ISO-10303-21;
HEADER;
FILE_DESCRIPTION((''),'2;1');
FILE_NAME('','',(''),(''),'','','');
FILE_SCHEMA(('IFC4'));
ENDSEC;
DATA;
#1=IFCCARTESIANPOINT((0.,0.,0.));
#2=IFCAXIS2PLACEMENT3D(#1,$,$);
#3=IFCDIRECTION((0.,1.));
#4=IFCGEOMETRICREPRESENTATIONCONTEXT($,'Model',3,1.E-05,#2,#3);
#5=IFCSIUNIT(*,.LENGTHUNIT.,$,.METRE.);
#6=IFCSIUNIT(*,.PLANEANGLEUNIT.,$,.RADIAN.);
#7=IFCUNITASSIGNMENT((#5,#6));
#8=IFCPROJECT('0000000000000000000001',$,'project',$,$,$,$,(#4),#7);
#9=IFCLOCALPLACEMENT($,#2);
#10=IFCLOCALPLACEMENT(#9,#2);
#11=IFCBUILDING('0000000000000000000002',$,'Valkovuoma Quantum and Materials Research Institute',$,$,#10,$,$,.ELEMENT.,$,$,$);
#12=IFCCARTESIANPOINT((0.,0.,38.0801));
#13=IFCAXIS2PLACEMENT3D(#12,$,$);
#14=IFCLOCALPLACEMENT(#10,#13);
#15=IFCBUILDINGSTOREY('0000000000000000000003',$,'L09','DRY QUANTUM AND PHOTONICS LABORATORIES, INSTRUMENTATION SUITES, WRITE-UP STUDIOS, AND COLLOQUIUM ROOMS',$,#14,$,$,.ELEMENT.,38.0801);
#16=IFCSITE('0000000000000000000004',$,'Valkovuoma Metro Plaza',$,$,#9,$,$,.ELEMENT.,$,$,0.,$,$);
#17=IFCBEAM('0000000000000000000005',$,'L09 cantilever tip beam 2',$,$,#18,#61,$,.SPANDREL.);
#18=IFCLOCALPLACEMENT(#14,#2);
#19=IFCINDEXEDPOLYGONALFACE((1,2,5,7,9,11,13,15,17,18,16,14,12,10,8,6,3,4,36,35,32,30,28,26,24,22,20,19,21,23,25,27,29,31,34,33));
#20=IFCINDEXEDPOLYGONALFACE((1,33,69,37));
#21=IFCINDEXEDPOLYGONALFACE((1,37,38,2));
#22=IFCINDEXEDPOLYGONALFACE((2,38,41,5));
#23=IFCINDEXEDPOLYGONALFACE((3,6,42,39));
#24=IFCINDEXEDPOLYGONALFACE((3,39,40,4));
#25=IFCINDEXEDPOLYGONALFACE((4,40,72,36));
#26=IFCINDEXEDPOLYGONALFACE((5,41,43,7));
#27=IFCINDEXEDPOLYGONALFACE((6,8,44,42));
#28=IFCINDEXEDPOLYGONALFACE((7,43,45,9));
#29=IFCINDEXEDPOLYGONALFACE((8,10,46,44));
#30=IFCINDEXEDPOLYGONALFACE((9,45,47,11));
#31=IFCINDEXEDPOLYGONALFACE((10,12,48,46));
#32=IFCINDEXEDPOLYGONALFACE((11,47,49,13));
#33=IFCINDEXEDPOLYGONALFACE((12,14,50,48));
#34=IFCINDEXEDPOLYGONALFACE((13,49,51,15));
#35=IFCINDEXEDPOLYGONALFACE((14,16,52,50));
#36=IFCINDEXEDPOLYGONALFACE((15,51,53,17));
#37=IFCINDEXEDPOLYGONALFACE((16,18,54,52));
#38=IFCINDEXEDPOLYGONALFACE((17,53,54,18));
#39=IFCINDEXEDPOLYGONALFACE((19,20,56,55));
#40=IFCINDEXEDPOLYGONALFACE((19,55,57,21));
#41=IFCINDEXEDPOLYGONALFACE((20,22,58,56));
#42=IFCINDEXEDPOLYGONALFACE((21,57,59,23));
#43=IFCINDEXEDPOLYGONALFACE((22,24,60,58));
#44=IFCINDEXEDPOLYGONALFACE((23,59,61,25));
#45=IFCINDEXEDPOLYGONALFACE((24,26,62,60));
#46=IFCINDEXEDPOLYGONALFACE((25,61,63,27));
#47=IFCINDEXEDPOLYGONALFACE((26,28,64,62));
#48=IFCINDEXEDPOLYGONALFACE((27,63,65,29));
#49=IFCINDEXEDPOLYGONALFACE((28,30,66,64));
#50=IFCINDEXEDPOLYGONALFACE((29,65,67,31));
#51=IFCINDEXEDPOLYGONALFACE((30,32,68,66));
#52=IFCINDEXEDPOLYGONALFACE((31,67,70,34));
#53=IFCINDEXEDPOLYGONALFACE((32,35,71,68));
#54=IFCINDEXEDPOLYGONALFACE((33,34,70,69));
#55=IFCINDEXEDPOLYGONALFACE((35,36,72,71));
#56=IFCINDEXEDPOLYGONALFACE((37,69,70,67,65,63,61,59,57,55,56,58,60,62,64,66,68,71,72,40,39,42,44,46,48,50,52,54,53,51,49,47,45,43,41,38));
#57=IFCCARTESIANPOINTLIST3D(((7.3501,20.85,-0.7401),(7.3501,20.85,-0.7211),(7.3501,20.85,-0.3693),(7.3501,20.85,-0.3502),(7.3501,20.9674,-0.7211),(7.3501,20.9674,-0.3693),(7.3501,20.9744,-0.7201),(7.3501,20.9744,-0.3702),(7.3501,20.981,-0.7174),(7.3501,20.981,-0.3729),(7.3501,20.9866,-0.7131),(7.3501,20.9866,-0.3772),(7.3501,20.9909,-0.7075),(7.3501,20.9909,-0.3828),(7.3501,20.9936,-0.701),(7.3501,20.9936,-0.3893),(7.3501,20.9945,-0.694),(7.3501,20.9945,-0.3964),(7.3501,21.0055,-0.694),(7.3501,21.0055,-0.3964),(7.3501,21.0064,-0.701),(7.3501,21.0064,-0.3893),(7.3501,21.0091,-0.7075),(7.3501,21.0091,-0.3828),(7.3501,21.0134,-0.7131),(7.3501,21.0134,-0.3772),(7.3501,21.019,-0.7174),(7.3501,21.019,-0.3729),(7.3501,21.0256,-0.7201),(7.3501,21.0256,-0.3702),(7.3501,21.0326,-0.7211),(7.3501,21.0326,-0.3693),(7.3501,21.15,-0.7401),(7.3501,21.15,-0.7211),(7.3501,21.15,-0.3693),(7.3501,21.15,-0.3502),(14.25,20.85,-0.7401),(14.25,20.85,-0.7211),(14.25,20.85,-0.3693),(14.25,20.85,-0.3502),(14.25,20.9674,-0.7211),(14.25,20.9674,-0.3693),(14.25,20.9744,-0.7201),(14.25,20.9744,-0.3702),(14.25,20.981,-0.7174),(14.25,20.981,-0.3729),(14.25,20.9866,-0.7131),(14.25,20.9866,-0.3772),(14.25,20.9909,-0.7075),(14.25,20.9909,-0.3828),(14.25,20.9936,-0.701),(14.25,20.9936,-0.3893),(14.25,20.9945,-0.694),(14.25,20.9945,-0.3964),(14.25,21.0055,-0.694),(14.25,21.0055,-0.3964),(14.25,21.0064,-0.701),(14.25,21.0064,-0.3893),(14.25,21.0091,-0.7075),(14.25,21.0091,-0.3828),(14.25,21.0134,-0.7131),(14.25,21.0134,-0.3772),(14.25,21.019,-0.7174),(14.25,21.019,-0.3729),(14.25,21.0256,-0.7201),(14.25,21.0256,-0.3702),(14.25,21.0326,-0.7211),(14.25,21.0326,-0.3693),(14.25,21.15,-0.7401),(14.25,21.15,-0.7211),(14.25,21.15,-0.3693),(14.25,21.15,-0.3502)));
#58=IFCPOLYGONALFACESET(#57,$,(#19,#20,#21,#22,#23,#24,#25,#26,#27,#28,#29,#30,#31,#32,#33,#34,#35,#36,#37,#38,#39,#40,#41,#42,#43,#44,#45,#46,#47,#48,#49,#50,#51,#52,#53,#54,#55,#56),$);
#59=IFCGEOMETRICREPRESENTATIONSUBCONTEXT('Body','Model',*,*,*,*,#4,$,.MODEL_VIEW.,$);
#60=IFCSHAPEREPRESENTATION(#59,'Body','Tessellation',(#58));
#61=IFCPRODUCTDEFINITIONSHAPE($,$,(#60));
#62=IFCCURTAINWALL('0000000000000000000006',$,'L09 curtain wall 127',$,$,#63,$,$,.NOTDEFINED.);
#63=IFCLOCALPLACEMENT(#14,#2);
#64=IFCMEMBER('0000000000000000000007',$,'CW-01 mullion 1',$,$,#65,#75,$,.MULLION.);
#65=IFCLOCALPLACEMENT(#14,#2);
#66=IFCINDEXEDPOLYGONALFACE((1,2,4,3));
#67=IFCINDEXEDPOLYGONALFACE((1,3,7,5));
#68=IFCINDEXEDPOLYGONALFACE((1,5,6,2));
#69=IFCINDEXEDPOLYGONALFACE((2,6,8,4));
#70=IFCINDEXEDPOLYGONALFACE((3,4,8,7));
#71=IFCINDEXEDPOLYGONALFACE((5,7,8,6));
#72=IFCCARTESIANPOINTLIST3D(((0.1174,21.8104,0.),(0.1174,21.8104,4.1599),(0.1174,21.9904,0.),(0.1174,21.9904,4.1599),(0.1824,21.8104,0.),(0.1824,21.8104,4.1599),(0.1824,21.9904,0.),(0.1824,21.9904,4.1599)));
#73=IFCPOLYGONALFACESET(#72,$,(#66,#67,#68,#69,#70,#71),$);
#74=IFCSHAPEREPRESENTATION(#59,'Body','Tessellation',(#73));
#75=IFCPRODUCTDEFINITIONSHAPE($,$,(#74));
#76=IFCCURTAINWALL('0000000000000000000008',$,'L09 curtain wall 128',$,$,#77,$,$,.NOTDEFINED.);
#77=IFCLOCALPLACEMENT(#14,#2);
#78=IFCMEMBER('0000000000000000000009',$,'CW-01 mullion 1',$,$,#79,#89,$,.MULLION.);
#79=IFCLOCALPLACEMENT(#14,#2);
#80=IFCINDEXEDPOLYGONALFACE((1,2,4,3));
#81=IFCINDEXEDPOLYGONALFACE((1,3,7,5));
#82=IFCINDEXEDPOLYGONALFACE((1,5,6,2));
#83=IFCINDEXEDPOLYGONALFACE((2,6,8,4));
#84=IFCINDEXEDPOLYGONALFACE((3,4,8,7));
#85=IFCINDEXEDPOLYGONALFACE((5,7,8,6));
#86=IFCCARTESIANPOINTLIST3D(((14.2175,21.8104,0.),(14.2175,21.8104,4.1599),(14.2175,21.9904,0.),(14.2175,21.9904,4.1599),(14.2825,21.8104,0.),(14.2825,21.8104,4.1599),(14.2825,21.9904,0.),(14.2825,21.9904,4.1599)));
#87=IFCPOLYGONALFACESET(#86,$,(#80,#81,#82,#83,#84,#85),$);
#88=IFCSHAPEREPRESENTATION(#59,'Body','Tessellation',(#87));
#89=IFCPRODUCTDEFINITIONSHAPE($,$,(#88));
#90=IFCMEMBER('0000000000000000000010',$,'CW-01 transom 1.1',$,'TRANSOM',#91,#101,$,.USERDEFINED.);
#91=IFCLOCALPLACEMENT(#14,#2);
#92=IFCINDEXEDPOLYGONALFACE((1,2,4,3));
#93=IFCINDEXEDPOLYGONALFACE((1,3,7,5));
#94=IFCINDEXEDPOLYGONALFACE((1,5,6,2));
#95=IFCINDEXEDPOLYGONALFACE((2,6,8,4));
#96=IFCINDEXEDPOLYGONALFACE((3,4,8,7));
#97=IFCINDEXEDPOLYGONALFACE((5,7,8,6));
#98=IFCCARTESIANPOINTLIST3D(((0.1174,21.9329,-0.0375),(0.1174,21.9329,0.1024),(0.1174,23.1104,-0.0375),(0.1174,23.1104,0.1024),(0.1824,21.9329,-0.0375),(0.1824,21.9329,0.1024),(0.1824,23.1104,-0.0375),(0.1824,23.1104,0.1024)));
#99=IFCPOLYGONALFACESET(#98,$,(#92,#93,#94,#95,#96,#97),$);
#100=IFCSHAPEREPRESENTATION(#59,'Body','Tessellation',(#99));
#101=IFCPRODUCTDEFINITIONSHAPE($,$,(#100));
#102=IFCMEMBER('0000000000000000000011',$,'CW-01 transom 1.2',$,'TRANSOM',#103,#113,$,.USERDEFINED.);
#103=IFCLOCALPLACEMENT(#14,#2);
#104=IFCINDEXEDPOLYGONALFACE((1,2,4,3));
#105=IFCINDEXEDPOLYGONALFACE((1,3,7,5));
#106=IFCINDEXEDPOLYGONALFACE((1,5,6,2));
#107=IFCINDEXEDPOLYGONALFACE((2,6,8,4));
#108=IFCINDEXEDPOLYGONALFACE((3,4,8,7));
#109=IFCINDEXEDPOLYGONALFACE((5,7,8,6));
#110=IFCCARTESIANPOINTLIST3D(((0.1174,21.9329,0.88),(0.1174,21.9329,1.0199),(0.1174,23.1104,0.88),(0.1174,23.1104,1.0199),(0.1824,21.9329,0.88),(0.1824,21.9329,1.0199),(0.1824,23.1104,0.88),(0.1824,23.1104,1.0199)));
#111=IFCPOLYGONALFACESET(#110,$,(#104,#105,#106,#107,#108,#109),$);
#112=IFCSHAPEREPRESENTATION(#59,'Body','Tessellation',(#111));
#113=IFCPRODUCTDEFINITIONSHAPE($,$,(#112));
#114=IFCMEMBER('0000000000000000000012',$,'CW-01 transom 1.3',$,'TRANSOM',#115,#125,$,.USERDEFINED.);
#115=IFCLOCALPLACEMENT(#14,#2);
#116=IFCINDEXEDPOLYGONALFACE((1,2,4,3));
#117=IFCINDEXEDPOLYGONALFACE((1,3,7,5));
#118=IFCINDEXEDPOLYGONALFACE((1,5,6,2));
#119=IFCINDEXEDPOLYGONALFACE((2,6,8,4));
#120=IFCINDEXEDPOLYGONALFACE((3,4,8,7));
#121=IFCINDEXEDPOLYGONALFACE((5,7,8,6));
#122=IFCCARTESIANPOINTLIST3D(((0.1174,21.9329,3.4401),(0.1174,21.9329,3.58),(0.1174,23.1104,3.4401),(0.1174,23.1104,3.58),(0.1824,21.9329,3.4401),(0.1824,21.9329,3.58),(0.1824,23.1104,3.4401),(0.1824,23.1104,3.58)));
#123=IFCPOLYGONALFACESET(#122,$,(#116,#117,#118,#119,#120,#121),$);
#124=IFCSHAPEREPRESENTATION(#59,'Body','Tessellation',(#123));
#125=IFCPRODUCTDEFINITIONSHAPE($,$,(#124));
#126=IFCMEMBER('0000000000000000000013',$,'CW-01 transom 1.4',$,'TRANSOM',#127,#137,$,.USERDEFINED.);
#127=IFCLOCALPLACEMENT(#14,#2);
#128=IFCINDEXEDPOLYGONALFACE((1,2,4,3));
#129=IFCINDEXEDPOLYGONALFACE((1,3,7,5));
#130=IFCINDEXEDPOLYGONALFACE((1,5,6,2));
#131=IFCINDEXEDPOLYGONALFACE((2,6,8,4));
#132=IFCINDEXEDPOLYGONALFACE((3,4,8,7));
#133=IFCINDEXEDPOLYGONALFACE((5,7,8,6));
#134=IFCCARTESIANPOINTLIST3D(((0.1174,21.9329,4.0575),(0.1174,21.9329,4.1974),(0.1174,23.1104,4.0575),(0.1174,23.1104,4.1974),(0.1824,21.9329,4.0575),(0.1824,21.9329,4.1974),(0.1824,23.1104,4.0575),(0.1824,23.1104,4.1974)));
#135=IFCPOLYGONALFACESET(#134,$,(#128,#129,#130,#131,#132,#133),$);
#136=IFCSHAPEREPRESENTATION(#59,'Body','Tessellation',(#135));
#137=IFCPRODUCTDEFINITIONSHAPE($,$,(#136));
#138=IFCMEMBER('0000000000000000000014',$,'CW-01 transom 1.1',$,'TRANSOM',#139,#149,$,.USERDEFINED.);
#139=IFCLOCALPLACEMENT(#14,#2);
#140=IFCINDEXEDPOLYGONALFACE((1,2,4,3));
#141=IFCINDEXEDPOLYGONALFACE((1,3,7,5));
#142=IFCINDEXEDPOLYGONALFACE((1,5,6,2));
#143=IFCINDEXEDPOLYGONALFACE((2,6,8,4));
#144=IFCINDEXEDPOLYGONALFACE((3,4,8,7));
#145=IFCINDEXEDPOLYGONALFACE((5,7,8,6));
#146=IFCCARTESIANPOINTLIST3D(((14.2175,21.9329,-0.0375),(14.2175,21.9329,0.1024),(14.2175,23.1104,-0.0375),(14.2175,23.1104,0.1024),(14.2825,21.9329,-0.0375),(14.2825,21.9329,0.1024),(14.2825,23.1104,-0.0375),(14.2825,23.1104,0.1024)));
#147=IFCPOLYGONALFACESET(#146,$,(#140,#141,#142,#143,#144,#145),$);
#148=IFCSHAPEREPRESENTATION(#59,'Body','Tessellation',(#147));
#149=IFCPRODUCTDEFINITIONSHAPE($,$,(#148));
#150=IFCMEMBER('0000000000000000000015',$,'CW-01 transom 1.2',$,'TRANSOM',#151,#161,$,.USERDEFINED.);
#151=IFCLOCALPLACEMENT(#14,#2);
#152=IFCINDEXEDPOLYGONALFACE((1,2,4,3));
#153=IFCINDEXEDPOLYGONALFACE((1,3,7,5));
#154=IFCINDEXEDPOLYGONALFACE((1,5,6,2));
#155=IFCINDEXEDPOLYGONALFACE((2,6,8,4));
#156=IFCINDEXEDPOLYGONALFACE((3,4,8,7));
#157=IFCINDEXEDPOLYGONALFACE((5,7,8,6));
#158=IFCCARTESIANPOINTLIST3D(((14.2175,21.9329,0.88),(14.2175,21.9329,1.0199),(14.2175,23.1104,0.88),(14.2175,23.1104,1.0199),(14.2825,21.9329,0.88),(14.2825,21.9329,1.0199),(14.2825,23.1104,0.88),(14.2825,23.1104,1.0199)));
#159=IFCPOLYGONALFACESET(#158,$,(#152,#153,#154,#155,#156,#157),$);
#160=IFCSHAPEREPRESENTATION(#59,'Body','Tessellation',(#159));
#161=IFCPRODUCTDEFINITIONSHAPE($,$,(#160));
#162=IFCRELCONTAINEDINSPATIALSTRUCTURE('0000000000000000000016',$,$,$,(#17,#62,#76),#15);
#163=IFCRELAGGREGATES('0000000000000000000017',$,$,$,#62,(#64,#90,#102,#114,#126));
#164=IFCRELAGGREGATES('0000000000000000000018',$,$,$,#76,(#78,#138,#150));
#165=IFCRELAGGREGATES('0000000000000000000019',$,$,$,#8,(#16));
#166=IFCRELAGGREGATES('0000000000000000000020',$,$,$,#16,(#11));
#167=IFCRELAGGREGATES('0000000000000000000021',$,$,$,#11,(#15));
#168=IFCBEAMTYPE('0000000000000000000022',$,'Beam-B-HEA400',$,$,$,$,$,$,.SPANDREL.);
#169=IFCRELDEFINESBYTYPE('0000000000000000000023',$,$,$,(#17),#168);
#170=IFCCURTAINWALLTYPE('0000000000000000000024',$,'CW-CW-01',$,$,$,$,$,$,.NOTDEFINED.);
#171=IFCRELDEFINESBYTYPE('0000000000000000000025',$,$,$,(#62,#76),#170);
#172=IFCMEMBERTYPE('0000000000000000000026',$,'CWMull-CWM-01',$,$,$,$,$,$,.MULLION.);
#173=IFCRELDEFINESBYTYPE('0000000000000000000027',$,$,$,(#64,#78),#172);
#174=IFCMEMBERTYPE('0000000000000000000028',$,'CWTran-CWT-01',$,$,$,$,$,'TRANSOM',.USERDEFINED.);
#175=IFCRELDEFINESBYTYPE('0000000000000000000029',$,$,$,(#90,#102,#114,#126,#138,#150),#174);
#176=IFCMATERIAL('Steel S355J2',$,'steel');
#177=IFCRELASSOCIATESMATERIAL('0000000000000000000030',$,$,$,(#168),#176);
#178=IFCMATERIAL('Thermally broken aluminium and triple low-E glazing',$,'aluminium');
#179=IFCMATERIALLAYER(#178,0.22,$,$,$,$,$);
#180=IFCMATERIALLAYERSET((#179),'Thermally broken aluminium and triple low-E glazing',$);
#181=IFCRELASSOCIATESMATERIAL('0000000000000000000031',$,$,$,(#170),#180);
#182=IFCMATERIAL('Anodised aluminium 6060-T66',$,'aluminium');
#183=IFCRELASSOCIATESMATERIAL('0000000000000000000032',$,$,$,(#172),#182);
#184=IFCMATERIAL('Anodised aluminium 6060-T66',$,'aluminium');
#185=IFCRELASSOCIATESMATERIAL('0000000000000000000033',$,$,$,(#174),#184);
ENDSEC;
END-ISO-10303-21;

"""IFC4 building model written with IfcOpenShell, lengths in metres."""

from ifc_helpers import new_model, si_unit, direction, frame, origin, origin_2d, place, context, subcontext, project, spatial, rectangle, i_section, extrude, material, layer, layer_set, material_profile, profile_set, type_object, element, aggregate, save


model = new_model("IFC4")

# Units and contexts
model_context = context("Model", 3, precision=1e-05, world=origin(), true_north=direction((0.0, 1.0)))
body_context = subcontext(model_context, "Body", "Model", "MODEL_VIEW")
ifc_project = project(units=[si_unit("LENGTHUNIT", "METRE"), si_unit("PLANEANGLEUNIT", "RADIAN")], contexts=[model_context])

# Site, building, storey
site_placement = place(None, origin())
site = spatial("IfcSite", under=ifc_project, at=site_placement, Name="Valkovuoma Metro Plaza", CompositionType="ELEMENT", RefElevation=0.0)
building_placement = place(site_placement, origin())
building = spatial("IfcBuilding", under=site, at=building_placement, Name="Valkovuoma Quantum and Materials Research Institute", CompositionType="ELEMENT")
storey_placement = place(building_placement, frame((0.0, 0.0, 38.0801)))
storey = spatial("IfcBuildingStorey", under=building, at=storey_placement, Name="L09", Description="DRY QUANTUM AND PHOTONICS LABORATORIES, INSTRUMENTATION SUITES, WRITE-UP STUDIOS, AND COLLOQUIUM ROOMS", CompositionType="ELEMENT", Elevation=38.0801)

# Beam
ifc_material_1 = material(Name="Steel S355J2", Category="steel")
ifc_material_profile_1 = material_profile(ifc_material_1, i_section(OverallWidth=0.3, OverallDepth=0.3899, WebThickness=0.011, FlangeThickness=0.019, FilletRadius=0.0271, at=origin_2d()), Name="Steel S355J2")
ifc_profile_set_1 = profile_set([ifc_material_profile_1], Name="Steel S355J2")
beam_type = type_object("IfcBeamType", Name="Beam-B-HEA400", PredefinedType="SPANDREL", material=ifc_profile_set_1)
beam_placement = place(storey_placement, frame((7.3501, 21.0, -0.5452), z_axis=(1.0, 0.0, 0.0), x_axis=(0.0, 1.0, 0.0)))
element("IfcBeam", 1, at=beam_placement, inside=storey, type_object=beam_type, Name="L09 cantilever tip beam 2", PredefinedType="SPANDREL", context=body_context, shape_type="SweptSolid", body=[
    extrude(i_section(OverallWidth=0.3, OverallDepth=0.3899, WebThickness=0.011, FlangeThickness=0.019, FilletRadius=0.0271, at=origin_2d()), origin(), (0.0, 0.0, 1.0), 6.8999),
])

# Curtain walls, members
ifc_material_2 = material(Name="Thermally broken aluminium and triple low-E glazing", Category="aluminium")
ifc_layer_1 = layer(ifc_material_2, 0.22)
ifc_layer_set_1 = layer_set([ifc_layer_1], Name="Thermally broken aluminium and triple low-E glazing")
curtain_wall_type = type_object("IfcCurtainWallType", Name="CW-CW-01", PredefinedType="NOTDEFINED", material=ifc_layer_set_1)
curtain_wall_1_placement = place(storey_placement, origin())
curtain_wall_1 = element("IfcCurtainWall", 2, at=curtain_wall_1_placement, inside=storey, type_object=curtain_wall_type, Name="L09 curtain wall 127", PredefinedType="NOTDEFINED")
ifc_material_3 = material(Name="Anodised aluminium 6060-T66", Category="aluminium")
ifc_material_profile_2 = material_profile(ifc_material_3, rectangle(XDim=0.0649, YDim=0.1799, at=origin_2d()), Name="Anodised aluminium 6060-T66")
ifc_profile_set_2 = profile_set([ifc_material_profile_2], Name="Anodised aluminium 6060-T66")
member_type_1 = type_object("IfcMemberType", Name="CWMull-CWM-01", PredefinedType="MULLION", material=ifc_profile_set_2)
member_1_placement = place(storey_placement, frame((0.1499, 21.9004, 0.0), z_axis=(0.0, 0.0, 1.0), x_axis=(-1.0, 0.0, 0.0)))
member_1 = element("IfcMember", 3, at=member_1_placement, type_object=member_type_1, Name="CW-01 mullion 1", PredefinedType="MULLION", context=body_context, shape_type="SweptSolid", body=[
    extrude(rectangle(XDim=0.0649, YDim=0.1799, at=origin_2d()), origin(), (0.0, 0.0, 1.0), 4.1599),
])
curtain_wall_2_placement = place(storey_placement, origin())
curtain_wall_2 = element("IfcCurtainWall", 4, at=curtain_wall_2_placement, inside=storey, type_object=curtain_wall_type, Name="L09 curtain wall 128", PredefinedType="NOTDEFINED")
member_2_placement = place(storey_placement, frame((14.25, 21.9004, 0.0), z_axis=(0.0, 0.0, 1.0), x_axis=(-1.0, 0.0, 0.0)))
member_2 = element("IfcMember", 5, at=member_2_placement, type_object=member_type_1, Name="CW-01 mullion 1", PredefinedType="MULLION", context=body_context, shape_type="SweptSolid", body=[
    extrude(rectangle(XDim=0.0649, YDim=0.1799, at=origin_2d()), origin(), (0.0, 0.0, 1.0), 4.1599),
])

# Members
ifc_material_4 = material(Name="Anodised aluminium 6060-T66", Category="aluminium")
ifc_material_profile_3 = material_profile(ifc_material_4, rectangle(XDim=0.0649, YDim=0.1399, at=origin_2d()), Name="Anodised aluminium 6060-T66")
ifc_profile_set_3 = profile_set([ifc_material_profile_3], Name="Anodised aluminium 6060-T66")
member_type_2 = type_object("IfcMemberType", Name="CWTran-CWT-01", ElementType="TRANSOM", PredefinedType="USERDEFINED", material=ifc_profile_set_3)
member_3_placement = place(storey_placement, frame((0.1499, 21.9329, 0.0325), z_axis=(0.0, 1.0, 0.0), x_axis=(-1.0, 0.0, 0.0)))
member_3 = element("IfcMember", 6, at=member_3_placement, type_object=member_type_2, Name="CW-01 transom 1.1", ObjectType="TRANSOM", PredefinedType="USERDEFINED", context=body_context, shape_type="SweptSolid", body=[
    extrude(rectangle(XDim=0.0649, YDim=0.1399, at=origin_2d()), origin(), (0.0, 0.0, 1.0), 1.1775),
])
member_4_placement = place(storey_placement, frame((0.1499, 21.9329, 0.95), z_axis=(0.0, 1.0, 0.0), x_axis=(-1.0, 0.0, 0.0)))
member_4 = element("IfcMember", 7, at=member_4_placement, type_object=member_type_2, Name="CW-01 transom 1.2", ObjectType="TRANSOM", PredefinedType="USERDEFINED", context=body_context, shape_type="SweptSolid", body=[
    extrude(rectangle(XDim=0.0649, YDim=0.1399, at=origin_2d()), origin(), (0.0, 0.0, 1.0), 1.1775),
])
member_5_placement = place(storey_placement, frame((0.1499, 21.9329, 3.51), z_axis=(0.0, 1.0, 0.0), x_axis=(-1.0, 0.0, 0.0)))
member_5 = element("IfcMember", 8, at=member_5_placement, type_object=member_type_2, Name="CW-01 transom 1.3", ObjectType="TRANSOM", PredefinedType="USERDEFINED", context=body_context, shape_type="SweptSolid", body=[
    extrude(rectangle(XDim=0.0649, YDim=0.1399, at=origin_2d()), origin(), (0.0, 0.0, 1.0), 1.1775),
])
member_6_placement = place(storey_placement, frame((0.1499, 21.9329, 4.1274), z_axis=(0.0, 1.0, 0.0), x_axis=(-1.0, 0.0, 0.0)))
member_6 = element("IfcMember", 9, at=member_6_placement, type_object=member_type_2, Name="CW-01 transom 1.4", ObjectType="TRANSOM", PredefinedType="USERDEFINED", context=body_context, shape_type="SweptSolid", body=[
    extrude(rectangle(XDim=0.0649, YDim=0.1399, at=origin_2d()), origin(), (0.0, 0.0, 1.0), 1.1775),
])
aggregate(curtain_wall_1, [member_1, member_3, member_4, member_5, member_6])
member_7_placement = place(storey_placement, frame((14.25, 21.9329, 0.0325), z_axis=(0.0, 1.0, 0.0), x_axis=(-1.0, 0.0, 0.0)))
member_7 = element("IfcMember", 10, at=member_7_placement, type_object=member_type_2, Name="CW-01 transom 1.1", ObjectType="TRANSOM", PredefinedType="USERDEFINED", context=body_context, shape_type="SweptSolid", body=[
    extrude(rectangle(XDim=0.0649, YDim=0.1399, at=origin_2d()), origin(), (0.0, 0.0, 1.0), 1.1775),
])
member_8_placement = place(storey_placement, frame((14.25, 21.9329, 0.95), z_axis=(0.0, 1.0, 0.0), x_axis=(-1.0, 0.0, 0.0)))
member_8 = element("IfcMember", 11, at=member_8_placement, type_object=member_type_2, Name="CW-01 transom 1.2", ObjectType="TRANSOM", PredefinedType="USERDEFINED", context=body_context, shape_type="SweptSolid", body=[
    extrude(rectangle(XDim=0.0649, YDim=0.1399, at=origin_2d()), origin(), (0.0, 0.0, 1.0), 1.1775),
])
aggregate(curtain_wall_2, [member_2, member_7, member_8])

save(model, "model.ifc")
